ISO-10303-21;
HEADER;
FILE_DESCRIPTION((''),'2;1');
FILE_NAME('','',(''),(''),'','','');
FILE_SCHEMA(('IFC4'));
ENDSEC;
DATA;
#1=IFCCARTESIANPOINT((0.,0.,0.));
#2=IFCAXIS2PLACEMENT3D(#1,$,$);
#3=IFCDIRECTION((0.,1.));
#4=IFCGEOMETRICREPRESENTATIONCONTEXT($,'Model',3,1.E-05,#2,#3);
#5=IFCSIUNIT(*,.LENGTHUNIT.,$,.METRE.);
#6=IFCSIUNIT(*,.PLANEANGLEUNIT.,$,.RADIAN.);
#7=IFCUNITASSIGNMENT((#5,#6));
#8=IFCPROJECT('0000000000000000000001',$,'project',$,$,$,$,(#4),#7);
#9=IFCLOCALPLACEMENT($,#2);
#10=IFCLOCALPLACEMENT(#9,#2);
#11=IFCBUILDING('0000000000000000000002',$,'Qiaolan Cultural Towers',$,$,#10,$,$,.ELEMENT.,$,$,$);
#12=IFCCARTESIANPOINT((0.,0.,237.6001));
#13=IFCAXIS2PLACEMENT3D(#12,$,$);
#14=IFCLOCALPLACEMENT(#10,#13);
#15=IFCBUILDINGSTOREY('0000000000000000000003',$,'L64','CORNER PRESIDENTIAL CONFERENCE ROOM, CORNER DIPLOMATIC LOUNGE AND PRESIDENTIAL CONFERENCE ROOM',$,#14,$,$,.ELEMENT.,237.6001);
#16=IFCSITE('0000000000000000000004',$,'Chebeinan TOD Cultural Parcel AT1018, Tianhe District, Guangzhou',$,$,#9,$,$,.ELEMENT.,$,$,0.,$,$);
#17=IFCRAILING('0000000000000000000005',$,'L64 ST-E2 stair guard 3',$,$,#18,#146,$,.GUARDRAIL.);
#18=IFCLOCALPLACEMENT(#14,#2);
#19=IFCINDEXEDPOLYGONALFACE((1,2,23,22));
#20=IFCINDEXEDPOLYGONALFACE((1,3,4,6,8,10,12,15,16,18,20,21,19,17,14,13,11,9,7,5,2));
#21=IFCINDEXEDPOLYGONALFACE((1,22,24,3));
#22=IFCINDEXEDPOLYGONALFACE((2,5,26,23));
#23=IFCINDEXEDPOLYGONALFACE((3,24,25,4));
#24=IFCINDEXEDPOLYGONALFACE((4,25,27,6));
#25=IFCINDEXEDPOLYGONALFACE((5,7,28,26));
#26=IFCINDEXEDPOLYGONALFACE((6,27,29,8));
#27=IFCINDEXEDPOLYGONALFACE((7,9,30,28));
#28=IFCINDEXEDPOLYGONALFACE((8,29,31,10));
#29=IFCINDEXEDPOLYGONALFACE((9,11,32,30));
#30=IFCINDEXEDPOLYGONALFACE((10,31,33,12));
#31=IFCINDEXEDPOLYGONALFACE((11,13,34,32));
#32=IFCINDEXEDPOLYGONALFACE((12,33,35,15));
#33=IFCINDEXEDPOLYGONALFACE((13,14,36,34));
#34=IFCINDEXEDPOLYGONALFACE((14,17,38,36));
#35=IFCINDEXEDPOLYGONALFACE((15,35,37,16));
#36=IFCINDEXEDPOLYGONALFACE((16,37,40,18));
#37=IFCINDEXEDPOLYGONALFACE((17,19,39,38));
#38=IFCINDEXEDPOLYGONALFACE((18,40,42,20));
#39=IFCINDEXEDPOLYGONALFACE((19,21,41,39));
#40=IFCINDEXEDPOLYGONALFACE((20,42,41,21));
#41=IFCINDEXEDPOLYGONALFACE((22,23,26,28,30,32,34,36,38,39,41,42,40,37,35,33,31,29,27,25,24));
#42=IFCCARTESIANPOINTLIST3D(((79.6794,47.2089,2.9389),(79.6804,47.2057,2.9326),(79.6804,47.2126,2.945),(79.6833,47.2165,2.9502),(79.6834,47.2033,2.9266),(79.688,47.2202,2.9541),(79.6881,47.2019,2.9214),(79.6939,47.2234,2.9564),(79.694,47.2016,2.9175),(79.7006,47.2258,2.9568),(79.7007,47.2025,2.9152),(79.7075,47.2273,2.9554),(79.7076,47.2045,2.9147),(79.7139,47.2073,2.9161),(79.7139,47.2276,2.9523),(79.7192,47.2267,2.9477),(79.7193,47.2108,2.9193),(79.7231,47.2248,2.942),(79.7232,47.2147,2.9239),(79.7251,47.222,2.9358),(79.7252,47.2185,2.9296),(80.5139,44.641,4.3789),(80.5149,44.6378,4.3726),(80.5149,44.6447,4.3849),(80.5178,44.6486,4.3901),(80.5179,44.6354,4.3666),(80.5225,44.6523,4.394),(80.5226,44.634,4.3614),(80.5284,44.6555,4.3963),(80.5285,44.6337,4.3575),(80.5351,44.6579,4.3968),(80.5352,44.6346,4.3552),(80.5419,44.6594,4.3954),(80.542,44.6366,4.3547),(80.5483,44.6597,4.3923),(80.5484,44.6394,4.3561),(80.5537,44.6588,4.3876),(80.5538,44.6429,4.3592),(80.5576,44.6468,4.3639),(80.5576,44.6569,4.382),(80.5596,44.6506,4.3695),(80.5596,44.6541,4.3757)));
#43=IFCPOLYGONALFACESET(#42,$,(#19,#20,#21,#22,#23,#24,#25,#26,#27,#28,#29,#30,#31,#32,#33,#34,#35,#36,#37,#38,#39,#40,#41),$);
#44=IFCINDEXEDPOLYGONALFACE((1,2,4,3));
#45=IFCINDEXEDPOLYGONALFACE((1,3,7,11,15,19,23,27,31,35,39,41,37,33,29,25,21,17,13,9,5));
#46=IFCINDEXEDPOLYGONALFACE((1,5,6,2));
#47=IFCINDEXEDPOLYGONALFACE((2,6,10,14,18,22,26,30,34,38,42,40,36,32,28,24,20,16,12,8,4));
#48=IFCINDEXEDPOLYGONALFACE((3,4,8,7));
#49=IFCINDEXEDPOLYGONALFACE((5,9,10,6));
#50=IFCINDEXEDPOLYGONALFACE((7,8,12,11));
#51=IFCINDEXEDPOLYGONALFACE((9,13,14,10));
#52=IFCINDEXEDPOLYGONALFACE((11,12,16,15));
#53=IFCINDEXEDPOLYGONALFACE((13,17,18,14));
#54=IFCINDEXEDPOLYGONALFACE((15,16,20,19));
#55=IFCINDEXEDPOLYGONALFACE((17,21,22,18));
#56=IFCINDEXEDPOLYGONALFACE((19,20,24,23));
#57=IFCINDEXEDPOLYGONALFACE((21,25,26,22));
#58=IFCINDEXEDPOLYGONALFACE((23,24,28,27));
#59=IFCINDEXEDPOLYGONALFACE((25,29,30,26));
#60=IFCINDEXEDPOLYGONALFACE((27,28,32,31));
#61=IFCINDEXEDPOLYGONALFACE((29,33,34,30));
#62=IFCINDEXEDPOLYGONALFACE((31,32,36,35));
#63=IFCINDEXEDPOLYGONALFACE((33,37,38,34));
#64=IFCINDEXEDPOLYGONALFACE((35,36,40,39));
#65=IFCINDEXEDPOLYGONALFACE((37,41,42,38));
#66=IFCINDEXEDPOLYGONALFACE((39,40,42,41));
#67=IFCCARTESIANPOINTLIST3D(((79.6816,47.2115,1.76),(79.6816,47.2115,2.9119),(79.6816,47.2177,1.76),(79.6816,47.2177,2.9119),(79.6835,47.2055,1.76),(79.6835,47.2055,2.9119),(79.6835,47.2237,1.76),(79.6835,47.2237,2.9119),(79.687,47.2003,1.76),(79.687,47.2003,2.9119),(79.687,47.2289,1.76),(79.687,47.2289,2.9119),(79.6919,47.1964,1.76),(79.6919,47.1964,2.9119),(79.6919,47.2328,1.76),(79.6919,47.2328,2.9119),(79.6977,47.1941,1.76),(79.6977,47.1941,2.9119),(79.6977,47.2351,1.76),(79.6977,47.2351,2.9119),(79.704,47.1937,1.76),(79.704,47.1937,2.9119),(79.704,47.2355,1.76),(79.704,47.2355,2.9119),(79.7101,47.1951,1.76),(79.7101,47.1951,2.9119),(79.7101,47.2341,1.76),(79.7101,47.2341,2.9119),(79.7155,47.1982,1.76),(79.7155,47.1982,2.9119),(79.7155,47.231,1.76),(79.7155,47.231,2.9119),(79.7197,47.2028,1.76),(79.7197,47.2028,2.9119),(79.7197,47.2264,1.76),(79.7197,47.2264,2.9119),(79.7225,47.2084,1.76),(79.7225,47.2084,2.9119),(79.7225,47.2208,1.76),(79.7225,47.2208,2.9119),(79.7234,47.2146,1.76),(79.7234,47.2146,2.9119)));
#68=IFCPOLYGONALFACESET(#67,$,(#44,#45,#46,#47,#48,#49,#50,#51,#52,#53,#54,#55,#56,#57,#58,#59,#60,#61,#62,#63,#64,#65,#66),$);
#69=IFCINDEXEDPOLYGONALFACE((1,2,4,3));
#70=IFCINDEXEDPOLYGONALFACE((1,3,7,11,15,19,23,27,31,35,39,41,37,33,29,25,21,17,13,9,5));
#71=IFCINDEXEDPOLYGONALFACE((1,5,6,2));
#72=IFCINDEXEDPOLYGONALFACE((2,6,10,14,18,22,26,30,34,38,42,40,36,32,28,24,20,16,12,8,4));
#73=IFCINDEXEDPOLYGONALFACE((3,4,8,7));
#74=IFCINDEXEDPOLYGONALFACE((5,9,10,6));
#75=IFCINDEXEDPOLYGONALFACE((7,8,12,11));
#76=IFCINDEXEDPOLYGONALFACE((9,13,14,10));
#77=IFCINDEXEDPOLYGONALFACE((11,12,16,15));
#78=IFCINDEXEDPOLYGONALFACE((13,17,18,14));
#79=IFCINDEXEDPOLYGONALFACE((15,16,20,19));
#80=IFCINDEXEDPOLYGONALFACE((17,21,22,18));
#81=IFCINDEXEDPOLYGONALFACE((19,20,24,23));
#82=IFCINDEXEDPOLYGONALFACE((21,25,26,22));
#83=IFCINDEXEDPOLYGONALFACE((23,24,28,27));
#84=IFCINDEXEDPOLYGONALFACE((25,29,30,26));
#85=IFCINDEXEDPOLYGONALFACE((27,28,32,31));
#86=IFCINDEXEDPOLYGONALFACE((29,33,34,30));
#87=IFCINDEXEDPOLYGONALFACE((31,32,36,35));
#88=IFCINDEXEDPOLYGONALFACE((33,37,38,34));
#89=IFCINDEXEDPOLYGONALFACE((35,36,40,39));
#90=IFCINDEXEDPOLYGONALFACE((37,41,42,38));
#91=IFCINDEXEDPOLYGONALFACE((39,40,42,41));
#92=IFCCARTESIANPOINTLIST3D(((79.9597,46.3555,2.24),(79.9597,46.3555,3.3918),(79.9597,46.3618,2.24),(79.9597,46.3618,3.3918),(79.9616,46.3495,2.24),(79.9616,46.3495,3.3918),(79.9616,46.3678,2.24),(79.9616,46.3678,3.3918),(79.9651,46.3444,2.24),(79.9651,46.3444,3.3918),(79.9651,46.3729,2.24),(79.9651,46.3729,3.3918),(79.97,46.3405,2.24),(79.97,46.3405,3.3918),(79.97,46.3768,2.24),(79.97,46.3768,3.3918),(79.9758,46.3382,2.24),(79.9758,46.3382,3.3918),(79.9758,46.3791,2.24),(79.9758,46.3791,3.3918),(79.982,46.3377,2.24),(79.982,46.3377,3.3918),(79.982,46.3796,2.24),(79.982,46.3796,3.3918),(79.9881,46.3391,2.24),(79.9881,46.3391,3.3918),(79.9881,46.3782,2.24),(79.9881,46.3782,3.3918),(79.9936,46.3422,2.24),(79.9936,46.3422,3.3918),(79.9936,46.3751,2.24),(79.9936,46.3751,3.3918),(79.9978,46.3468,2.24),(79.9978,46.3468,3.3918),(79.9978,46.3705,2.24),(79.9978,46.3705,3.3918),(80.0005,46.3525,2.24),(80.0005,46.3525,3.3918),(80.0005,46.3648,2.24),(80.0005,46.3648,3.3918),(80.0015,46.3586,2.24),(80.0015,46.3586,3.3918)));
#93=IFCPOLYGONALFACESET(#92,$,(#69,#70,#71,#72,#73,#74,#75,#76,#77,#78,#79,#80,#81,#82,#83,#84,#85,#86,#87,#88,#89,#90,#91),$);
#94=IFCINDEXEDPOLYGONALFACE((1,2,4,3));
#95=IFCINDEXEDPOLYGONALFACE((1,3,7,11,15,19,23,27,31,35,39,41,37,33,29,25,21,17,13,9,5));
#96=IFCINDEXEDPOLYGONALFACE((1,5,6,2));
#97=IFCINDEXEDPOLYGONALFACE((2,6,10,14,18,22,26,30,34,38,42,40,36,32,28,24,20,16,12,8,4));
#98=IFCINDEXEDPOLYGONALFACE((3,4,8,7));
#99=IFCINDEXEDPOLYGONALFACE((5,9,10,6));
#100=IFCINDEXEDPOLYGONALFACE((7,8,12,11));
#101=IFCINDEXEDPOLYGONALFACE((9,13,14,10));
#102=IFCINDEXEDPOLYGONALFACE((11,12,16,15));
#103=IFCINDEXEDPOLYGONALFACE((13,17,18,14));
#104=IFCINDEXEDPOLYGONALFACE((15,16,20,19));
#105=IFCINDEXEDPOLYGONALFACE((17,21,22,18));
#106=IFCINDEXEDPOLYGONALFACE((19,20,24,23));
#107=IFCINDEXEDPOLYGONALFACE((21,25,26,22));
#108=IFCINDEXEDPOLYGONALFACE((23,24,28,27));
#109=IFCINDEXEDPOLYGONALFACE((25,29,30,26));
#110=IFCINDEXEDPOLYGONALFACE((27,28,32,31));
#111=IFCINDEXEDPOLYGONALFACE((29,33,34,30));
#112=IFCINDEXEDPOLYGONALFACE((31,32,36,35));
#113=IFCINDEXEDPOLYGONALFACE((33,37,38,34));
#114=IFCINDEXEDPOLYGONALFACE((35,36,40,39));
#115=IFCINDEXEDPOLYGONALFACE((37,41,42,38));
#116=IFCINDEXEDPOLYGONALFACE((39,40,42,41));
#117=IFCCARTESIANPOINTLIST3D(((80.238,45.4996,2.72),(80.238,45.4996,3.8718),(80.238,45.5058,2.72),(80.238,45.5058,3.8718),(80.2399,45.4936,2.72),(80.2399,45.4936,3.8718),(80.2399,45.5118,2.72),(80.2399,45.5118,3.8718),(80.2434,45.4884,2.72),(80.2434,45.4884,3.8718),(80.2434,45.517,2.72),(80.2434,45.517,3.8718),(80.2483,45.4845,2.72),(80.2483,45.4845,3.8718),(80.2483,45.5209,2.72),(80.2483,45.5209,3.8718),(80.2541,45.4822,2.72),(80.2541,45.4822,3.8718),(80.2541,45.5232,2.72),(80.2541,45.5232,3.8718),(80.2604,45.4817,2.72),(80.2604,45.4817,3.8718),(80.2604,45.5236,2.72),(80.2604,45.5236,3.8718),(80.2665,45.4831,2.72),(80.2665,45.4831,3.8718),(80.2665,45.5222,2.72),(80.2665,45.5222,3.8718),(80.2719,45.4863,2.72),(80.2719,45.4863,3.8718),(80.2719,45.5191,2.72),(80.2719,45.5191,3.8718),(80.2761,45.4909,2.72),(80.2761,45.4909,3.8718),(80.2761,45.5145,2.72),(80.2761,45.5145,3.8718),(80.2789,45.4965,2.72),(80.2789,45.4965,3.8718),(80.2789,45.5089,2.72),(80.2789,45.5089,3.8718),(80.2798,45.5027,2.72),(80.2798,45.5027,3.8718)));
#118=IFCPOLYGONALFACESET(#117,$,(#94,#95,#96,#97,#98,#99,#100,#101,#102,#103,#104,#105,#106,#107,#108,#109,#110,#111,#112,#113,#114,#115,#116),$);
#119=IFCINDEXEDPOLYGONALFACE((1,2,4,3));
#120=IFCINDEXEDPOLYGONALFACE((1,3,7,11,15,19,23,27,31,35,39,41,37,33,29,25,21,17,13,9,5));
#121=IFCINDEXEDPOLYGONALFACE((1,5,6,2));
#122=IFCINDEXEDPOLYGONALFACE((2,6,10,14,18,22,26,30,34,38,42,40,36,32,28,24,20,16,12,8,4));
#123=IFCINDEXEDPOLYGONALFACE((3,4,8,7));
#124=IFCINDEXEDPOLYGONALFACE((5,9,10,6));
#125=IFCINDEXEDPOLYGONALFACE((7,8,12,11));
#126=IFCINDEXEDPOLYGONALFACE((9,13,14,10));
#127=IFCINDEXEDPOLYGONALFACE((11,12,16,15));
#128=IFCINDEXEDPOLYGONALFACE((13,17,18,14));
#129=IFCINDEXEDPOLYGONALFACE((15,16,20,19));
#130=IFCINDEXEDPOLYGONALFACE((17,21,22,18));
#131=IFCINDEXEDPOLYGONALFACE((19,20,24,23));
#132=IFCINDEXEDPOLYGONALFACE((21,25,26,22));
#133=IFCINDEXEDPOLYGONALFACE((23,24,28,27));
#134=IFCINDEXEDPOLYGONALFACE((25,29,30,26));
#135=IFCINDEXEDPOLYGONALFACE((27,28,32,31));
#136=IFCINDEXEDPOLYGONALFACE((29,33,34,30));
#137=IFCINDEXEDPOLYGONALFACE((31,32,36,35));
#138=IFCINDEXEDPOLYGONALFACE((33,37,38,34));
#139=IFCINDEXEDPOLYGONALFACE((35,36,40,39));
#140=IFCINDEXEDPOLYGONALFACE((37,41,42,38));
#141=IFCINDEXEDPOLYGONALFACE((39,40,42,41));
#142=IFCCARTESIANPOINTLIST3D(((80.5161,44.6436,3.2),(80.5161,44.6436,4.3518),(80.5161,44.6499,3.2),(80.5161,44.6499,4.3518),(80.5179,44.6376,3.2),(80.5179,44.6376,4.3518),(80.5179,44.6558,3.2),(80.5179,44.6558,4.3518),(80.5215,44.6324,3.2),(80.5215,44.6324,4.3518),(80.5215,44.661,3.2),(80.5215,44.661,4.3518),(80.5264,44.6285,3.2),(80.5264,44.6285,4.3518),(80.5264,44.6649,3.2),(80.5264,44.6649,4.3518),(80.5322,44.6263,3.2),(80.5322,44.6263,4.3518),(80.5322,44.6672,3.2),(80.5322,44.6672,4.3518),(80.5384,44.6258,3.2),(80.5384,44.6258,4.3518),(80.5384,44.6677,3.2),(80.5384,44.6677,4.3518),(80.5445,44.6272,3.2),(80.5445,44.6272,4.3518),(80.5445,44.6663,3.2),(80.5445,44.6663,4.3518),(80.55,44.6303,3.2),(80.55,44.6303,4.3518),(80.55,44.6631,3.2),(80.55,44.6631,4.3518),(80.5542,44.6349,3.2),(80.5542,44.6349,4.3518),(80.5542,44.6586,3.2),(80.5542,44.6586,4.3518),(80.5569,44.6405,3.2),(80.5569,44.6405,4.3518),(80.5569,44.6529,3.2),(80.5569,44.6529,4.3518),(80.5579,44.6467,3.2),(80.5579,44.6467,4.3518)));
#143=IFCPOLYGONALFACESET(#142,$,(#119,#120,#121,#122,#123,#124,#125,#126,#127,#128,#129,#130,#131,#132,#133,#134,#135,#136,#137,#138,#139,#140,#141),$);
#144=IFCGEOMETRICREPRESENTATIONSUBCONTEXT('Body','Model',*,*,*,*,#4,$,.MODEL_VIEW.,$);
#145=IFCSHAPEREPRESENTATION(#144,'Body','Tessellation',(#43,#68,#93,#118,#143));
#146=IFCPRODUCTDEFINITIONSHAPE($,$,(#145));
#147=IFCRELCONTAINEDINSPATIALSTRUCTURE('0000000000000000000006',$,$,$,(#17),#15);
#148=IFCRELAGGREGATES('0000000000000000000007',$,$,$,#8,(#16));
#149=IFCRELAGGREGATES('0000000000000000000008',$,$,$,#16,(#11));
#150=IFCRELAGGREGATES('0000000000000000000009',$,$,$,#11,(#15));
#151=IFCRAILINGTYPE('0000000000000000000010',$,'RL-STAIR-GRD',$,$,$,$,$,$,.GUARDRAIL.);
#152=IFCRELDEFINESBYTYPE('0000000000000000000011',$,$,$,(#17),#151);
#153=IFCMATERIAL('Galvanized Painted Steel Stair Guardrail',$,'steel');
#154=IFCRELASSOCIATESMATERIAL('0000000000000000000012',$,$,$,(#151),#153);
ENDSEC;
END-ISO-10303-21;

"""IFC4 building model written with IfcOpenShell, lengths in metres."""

from ifc_helpers import new_model, si_unit, direction, frame, origin, origin_2d, place, context, subcontext, project, spatial, circle, extrude, material, type_object, element, save


model = new_model("IFC4")

# Units and contexts
model_context = context("Model", 3, precision=1e-05, world=origin(), true_north=direction((0.0, 1.0)))
body_context = subcontext(model_context, "Body", "Model", "MODEL_VIEW")
ifc_project = project(units=[si_unit("LENGTHUNIT", "METRE"), si_unit("PLANEANGLEUNIT", "RADIAN")], contexts=[model_context])

# Site, building, storey
site_placement = place(None, origin())
site = spatial("IfcSite", under=ifc_project, at=site_placement, Name="Chebeinan TOD Cultural Parcel AT1018, Tianhe District, Guangzhou", CompositionType="ELEMENT", RefElevation=0.0)
building_placement = place(site_placement, origin())
building = spatial("IfcBuilding", under=site, at=building_placement, Name="Qiaolan Cultural Towers", CompositionType="ELEMENT")
storey_placement = place(building_placement, frame((0.0, 0.0, 237.6001)))
storey = spatial("IfcBuildingStorey", under=building, at=storey_placement, Name="L64", Description="CORNER PRESIDENTIAL CONFERENCE ROOM, CORNER DIPLOMATIC LOUNGE AND PRESIDENTIAL CONFERENCE ROOM", CompositionType="ELEMENT", Elevation=237.6001)

# Railing
ifc_material_1 = material(Name="Galvanized Painted Steel Stair Guardrail", Category="steel")
railing_type_1 = type_object("IfcRailingType", Name="RL-STAIR-GRD", PredefinedType="GUARDRAIL", material=ifc_material_1)
railing_1_placement = place(storey_placement, frame((79.7024, 47.2146, 1.76)))
element("IfcRailing", 1, at=railing_1_placement, inside=storey, type_object=railing_type_1, Name="L64 ST-E2 stair guard 3", PredefinedType="GUARDRAIL", context=body_context, shape_type="SweptSolid", body=[
    extrude(circle(Radius=0.0239, at=origin_2d()), frame((0.0, 0.0, 1.1758), z_axis=(0.272701, -0.839167, 0.470566), x_axis=(0.951043, 0.309057, 0.0)), (0.0, 0.0, 1.0), 3.0601),
    extrude(circle(Radius=0.021, at=origin_2d()), origin(), (0.0, 0.0, 1.0), 1.1519),
    extrude(circle(Radius=0.021, at=origin_2d()), frame((0.2781, -0.856, 0.48)), (0.0, 0.0, 1.0), 1.1519),
    extrude(circle(Radius=0.021, at=origin_2d()), frame((0.5564, -1.7119, 0.96)), (0.0, 0.0, 1.0), 1.1519),
    extrude(circle(Radius=0.021, at=origin_2d()), frame((0.8345, -2.5679, 1.4399)), (0.0, 0.0, 1.0), 1.1519),
])

save(model, "model.ifc")
